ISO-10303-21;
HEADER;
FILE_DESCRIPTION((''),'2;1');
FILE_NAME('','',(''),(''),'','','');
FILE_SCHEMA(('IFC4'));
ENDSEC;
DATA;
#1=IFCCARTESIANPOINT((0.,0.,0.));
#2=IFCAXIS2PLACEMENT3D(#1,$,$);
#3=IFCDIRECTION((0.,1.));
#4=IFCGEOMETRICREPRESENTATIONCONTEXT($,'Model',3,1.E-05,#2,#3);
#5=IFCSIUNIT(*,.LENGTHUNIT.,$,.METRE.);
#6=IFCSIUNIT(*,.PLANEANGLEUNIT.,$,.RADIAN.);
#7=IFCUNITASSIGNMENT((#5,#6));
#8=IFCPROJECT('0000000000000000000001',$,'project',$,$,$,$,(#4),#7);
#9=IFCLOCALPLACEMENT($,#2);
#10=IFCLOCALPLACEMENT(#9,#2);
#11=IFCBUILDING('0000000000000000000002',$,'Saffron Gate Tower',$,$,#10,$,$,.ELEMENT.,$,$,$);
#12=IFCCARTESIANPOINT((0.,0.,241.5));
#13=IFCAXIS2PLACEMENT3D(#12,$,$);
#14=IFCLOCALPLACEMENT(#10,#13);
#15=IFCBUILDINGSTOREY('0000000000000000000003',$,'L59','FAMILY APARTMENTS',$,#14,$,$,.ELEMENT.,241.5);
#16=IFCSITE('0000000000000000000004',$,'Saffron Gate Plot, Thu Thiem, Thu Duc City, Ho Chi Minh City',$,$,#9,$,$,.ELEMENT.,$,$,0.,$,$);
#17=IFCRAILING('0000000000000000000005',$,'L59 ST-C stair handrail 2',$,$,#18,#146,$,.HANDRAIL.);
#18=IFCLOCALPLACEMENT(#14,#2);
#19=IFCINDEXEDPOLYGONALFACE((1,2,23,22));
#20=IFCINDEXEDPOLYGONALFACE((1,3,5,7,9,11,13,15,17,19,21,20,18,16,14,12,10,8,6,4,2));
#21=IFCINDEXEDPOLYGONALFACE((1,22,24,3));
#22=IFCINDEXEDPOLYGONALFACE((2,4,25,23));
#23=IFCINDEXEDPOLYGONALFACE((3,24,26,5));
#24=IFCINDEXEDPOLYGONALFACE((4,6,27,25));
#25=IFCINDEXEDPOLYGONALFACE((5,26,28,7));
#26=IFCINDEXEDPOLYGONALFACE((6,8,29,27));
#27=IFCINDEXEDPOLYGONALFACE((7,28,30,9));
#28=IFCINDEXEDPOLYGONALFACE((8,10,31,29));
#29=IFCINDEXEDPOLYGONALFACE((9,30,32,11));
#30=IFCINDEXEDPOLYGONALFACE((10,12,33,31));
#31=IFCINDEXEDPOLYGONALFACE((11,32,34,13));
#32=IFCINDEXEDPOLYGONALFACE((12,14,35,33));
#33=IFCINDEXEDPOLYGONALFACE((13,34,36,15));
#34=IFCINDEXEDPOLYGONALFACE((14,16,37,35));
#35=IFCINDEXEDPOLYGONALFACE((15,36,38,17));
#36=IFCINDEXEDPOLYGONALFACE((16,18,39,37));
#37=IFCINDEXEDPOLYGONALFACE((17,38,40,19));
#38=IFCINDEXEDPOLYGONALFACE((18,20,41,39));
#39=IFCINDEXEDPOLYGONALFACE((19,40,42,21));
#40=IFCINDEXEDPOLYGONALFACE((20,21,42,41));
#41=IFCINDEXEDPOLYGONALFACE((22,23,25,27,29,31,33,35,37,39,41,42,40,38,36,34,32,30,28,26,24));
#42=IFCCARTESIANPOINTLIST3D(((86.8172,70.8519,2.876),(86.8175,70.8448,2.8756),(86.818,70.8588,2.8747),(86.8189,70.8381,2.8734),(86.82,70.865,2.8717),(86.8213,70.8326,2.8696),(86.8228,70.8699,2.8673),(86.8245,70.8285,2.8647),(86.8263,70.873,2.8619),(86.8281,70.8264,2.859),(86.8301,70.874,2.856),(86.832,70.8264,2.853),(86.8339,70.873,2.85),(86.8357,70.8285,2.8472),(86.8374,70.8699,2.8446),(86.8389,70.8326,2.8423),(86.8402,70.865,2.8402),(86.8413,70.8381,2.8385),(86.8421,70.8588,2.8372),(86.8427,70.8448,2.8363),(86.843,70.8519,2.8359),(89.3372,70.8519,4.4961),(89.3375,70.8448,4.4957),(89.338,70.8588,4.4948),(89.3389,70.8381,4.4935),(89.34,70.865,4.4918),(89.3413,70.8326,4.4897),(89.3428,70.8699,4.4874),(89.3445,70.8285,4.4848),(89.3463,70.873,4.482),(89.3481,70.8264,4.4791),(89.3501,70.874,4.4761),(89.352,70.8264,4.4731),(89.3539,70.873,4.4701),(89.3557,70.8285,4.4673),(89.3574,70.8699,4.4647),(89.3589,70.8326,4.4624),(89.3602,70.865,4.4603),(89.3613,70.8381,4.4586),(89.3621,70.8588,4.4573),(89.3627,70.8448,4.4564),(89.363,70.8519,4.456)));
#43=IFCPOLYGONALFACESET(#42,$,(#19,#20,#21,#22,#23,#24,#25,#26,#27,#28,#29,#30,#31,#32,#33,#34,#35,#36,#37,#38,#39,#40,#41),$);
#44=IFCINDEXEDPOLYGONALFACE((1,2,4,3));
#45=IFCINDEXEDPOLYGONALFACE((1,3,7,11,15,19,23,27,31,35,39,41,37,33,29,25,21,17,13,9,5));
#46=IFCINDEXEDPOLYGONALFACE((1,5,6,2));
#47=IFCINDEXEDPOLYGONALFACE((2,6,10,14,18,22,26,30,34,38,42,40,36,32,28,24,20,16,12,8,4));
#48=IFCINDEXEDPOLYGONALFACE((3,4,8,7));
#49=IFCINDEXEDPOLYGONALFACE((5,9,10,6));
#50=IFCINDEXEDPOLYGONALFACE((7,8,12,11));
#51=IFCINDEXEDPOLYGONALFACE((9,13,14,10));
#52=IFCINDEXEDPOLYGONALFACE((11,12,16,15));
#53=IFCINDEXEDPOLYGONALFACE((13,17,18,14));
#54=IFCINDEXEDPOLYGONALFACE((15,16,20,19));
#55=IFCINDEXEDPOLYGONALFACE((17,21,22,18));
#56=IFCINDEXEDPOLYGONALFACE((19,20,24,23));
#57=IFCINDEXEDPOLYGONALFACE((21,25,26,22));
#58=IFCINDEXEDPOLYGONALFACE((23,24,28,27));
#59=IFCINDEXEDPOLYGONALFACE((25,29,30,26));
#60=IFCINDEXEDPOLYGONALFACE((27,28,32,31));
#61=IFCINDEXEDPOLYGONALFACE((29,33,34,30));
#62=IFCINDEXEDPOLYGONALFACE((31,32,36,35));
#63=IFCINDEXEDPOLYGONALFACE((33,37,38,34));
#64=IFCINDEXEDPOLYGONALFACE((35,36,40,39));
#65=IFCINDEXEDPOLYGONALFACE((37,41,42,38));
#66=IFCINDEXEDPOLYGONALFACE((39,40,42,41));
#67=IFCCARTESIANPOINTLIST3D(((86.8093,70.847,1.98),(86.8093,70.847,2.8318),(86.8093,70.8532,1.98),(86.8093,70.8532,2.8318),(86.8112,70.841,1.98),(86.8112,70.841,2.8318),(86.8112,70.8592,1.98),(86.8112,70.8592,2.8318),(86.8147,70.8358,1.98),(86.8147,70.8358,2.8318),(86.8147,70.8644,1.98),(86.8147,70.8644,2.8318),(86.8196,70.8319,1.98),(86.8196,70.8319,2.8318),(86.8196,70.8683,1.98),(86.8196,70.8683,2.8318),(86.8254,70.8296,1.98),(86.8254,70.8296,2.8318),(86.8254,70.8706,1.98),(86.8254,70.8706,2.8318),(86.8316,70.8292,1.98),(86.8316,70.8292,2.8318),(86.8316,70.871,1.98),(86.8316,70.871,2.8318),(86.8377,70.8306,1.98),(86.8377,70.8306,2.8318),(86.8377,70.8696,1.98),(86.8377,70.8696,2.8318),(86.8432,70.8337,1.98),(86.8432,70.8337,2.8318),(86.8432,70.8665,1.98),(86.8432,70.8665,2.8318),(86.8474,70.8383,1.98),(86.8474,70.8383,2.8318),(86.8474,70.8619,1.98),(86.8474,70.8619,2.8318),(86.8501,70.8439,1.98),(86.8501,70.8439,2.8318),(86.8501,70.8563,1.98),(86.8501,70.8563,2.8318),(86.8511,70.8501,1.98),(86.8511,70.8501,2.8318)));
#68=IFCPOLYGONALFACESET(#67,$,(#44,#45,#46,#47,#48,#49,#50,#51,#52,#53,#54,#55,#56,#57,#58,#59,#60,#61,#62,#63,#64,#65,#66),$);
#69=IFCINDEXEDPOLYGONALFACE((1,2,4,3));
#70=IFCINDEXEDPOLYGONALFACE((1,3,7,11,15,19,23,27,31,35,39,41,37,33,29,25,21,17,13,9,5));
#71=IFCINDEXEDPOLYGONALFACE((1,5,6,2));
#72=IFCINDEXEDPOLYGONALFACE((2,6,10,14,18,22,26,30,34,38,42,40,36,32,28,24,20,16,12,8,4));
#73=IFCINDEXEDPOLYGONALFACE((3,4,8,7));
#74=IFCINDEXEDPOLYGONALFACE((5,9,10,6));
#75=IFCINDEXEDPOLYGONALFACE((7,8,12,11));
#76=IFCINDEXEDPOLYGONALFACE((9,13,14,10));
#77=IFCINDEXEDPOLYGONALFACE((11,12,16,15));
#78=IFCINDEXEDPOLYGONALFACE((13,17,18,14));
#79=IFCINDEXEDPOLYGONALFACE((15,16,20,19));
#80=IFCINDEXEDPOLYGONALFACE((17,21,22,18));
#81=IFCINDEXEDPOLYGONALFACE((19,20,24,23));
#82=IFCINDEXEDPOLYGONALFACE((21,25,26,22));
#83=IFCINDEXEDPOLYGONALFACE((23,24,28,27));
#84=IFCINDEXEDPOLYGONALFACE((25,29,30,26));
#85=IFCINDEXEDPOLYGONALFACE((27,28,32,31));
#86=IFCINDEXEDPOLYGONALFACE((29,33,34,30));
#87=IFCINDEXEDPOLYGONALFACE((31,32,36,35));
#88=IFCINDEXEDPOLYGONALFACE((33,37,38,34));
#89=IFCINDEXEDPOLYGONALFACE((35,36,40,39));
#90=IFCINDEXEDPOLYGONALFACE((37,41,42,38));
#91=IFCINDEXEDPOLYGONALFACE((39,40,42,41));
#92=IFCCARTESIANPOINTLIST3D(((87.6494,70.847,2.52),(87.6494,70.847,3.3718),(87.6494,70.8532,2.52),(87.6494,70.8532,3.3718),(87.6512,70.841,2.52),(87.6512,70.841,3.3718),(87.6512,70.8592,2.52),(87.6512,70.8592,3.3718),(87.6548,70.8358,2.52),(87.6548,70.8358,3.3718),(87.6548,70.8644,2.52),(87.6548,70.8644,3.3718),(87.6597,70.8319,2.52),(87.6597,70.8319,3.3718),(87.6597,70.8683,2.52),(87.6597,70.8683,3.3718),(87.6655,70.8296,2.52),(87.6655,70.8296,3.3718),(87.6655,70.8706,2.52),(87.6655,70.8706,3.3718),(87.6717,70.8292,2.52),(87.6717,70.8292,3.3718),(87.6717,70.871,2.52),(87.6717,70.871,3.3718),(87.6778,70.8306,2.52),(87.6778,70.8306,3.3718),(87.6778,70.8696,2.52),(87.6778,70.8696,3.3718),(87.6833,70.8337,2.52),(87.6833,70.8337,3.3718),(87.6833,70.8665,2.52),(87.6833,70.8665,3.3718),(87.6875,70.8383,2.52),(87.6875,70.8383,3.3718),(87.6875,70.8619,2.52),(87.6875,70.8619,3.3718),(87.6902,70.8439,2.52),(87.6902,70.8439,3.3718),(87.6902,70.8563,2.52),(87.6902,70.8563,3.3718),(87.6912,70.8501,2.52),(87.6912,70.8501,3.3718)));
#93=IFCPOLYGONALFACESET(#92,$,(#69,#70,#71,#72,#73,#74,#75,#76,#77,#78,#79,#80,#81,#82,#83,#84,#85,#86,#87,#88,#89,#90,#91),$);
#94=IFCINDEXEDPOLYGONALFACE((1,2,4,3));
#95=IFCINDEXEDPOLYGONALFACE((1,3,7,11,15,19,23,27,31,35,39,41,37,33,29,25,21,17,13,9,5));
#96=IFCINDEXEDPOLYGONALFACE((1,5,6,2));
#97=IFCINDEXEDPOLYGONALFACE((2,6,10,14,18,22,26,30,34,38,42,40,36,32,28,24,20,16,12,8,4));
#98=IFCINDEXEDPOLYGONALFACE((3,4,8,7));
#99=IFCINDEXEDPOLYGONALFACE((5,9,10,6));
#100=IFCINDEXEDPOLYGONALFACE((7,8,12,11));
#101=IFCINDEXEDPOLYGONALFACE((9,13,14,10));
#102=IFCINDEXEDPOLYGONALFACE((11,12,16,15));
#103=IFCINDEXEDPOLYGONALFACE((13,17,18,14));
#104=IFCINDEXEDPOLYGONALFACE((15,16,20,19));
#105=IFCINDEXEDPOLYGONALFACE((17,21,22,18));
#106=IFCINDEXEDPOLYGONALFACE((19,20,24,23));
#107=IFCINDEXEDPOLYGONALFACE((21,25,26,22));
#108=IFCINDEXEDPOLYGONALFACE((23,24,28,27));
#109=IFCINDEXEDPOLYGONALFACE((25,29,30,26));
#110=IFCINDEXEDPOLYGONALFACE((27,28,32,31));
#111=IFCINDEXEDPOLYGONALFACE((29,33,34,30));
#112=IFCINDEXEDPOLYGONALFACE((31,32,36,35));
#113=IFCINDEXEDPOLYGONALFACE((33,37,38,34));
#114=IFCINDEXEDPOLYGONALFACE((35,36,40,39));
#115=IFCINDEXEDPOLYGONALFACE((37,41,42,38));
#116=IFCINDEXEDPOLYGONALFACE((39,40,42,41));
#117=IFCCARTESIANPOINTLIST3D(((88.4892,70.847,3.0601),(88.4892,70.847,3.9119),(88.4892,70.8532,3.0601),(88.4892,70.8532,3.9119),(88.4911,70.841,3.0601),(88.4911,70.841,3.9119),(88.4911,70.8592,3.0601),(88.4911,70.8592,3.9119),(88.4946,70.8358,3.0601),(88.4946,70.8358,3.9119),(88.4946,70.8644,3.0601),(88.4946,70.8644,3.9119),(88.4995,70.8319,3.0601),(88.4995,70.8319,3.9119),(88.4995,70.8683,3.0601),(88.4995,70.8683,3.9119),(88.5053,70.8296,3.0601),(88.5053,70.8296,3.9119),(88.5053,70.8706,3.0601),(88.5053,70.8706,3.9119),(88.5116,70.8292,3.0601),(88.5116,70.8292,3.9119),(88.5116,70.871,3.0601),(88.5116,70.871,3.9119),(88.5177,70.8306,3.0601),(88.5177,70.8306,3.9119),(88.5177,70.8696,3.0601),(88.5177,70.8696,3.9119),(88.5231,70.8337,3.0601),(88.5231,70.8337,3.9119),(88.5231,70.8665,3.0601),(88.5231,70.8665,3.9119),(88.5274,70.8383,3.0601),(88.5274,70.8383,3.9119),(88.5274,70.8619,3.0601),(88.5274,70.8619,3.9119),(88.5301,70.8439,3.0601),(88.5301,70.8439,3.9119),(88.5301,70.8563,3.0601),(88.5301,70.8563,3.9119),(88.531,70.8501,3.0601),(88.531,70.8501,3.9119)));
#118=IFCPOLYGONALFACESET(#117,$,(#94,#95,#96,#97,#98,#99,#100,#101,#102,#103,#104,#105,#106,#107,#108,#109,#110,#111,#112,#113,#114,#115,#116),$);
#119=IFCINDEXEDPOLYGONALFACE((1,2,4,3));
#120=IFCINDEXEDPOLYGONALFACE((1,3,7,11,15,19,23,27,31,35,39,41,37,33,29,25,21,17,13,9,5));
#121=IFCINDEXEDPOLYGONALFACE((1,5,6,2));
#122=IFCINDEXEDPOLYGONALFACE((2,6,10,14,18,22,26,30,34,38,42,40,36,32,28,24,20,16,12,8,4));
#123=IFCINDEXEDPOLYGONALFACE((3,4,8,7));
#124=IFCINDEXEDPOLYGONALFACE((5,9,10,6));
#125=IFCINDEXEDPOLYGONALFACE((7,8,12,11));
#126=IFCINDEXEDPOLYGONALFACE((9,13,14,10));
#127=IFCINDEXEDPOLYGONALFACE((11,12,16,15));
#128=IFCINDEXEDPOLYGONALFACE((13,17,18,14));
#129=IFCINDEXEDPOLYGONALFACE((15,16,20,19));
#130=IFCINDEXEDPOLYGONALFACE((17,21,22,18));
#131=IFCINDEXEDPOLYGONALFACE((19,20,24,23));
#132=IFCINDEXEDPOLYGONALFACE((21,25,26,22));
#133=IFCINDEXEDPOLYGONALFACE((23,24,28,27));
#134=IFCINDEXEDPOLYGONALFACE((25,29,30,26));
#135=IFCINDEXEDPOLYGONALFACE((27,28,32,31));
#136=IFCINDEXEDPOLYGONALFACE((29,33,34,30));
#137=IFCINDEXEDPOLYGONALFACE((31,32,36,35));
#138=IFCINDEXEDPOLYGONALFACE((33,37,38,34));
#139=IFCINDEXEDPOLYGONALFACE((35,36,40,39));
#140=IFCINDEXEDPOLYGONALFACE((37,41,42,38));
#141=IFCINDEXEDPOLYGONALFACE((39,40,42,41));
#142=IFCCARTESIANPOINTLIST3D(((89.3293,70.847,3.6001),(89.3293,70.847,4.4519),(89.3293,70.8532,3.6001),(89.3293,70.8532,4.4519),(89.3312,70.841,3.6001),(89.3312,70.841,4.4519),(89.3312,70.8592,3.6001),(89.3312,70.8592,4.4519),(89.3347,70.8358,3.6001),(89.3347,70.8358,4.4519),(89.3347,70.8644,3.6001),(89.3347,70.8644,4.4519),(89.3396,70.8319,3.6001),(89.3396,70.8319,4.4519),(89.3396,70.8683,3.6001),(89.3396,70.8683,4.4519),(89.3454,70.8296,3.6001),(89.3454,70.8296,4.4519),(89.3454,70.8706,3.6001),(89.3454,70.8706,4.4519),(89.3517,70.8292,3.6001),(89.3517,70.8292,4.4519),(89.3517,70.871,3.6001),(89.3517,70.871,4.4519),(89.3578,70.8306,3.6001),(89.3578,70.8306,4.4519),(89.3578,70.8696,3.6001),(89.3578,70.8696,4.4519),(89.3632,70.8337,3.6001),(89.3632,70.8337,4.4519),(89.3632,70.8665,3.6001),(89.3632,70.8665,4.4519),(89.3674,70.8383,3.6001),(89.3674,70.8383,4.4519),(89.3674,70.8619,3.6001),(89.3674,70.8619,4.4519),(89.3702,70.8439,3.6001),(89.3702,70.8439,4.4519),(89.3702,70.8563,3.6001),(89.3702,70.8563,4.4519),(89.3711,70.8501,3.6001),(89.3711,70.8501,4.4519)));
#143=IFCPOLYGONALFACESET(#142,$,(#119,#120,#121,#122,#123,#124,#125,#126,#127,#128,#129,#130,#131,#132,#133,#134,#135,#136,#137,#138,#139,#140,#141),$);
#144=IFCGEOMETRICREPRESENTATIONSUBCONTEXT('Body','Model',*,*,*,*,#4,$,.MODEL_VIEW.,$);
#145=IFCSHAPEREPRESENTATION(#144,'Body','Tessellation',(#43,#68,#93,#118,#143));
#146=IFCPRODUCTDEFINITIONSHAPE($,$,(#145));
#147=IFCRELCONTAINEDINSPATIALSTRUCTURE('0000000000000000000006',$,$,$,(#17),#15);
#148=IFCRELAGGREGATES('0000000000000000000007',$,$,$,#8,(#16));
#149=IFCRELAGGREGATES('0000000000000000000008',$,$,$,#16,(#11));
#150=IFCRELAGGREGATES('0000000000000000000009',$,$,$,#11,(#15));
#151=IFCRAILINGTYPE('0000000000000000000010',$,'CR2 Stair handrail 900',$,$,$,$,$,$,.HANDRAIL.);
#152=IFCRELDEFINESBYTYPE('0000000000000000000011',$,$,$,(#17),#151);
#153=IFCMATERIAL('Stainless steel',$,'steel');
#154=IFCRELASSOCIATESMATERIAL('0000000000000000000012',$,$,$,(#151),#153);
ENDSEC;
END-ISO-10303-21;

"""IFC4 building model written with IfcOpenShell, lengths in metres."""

from ifc_helpers import new_model, si_unit, direction, frame, origin, origin_2d, place, context, subcontext, project, spatial, circle, extrude, material, type_object, element, save


model = new_model("IFC4")

# Units and contexts
model_context = context("Model", 3, precision=1e-05, world=origin(), true_north=direction((0.0, 1.0)))
body_context = subcontext(model_context, "Body", "Model", "MODEL_VIEW")
ifc_project = project(units=[si_unit("LENGTHUNIT", "METRE"), si_unit("PLANEANGLEUNIT", "RADIAN")], contexts=[model_context])

# Site, building, storey
site_placement = place(None, origin())
site = spatial("IfcSite", under=ifc_project, at=site_placement, Name="Saffron Gate Plot, Thu Thiem, Thu Duc City, Ho Chi Minh City", CompositionType="ELEMENT", RefElevation=0.0)
building_placement = place(site_placement, origin())
building = spatial("IfcBuilding", under=site, at=building_placement, Name="Saffron Gate Tower", CompositionType="ELEMENT")
storey_placement = place(building_placement, frame((0.0, 0.0, 241.5)))
storey = spatial("IfcBuildingStorey", under=building, at=storey_placement, Name="L59", Description="FAMILY APARTMENTS", CompositionType="ELEMENT", Elevation=241.5)

# Railing
ifc_material_1 = material(Name="Stainless steel", Category="steel")
railing_type_1 = type_object("IfcRailingType", Name="CR2 Stair handrail 900", PredefinedType="HANDRAIL", material=ifc_material_1)
railing_1_placement = place(storey_placement, frame((86.8301, 70.8501, 1.98)))
element("IfcRailing", 1, at=railing_1_placement, inside=storey, type_object=railing_type_1, Name="L59 ST-C stair handrail 2", PredefinedType="HANDRAIL", context=body_context, shape_type="SweptSolid", body=[
    extrude(circle(Radius=0.0239, at=origin_2d()), frame((0.0, 0.0, 0.876), z_axis=(0.841163, 0.0, 0.540782), x_axis=(0.0, 1.0, 0.0)), (0.0, 0.0, 1.0), 2.9958),
    extrude(circle(Radius=0.021, at=origin_2d()), origin(), (0.0, 0.0, 1.0), 0.8518),
    extrude(circle(Radius=0.021, at=origin_2d()), frame((0.8401, 0.0, 0.54)), (0.0, 0.0, 1.0), 0.8518),
    extrude(circle(Radius=0.021, at=origin_2d()), frame((1.6799, 0.0, 1.0801)), (0.0, 0.0, 1.0), 0.8518),
    extrude(circle(Radius=0.021, at=origin_2d()), frame((2.52, 0.0, 1.6201)), (0.0, 0.0, 1.0), 0.8518),
])

save(model, "model.ifc")
